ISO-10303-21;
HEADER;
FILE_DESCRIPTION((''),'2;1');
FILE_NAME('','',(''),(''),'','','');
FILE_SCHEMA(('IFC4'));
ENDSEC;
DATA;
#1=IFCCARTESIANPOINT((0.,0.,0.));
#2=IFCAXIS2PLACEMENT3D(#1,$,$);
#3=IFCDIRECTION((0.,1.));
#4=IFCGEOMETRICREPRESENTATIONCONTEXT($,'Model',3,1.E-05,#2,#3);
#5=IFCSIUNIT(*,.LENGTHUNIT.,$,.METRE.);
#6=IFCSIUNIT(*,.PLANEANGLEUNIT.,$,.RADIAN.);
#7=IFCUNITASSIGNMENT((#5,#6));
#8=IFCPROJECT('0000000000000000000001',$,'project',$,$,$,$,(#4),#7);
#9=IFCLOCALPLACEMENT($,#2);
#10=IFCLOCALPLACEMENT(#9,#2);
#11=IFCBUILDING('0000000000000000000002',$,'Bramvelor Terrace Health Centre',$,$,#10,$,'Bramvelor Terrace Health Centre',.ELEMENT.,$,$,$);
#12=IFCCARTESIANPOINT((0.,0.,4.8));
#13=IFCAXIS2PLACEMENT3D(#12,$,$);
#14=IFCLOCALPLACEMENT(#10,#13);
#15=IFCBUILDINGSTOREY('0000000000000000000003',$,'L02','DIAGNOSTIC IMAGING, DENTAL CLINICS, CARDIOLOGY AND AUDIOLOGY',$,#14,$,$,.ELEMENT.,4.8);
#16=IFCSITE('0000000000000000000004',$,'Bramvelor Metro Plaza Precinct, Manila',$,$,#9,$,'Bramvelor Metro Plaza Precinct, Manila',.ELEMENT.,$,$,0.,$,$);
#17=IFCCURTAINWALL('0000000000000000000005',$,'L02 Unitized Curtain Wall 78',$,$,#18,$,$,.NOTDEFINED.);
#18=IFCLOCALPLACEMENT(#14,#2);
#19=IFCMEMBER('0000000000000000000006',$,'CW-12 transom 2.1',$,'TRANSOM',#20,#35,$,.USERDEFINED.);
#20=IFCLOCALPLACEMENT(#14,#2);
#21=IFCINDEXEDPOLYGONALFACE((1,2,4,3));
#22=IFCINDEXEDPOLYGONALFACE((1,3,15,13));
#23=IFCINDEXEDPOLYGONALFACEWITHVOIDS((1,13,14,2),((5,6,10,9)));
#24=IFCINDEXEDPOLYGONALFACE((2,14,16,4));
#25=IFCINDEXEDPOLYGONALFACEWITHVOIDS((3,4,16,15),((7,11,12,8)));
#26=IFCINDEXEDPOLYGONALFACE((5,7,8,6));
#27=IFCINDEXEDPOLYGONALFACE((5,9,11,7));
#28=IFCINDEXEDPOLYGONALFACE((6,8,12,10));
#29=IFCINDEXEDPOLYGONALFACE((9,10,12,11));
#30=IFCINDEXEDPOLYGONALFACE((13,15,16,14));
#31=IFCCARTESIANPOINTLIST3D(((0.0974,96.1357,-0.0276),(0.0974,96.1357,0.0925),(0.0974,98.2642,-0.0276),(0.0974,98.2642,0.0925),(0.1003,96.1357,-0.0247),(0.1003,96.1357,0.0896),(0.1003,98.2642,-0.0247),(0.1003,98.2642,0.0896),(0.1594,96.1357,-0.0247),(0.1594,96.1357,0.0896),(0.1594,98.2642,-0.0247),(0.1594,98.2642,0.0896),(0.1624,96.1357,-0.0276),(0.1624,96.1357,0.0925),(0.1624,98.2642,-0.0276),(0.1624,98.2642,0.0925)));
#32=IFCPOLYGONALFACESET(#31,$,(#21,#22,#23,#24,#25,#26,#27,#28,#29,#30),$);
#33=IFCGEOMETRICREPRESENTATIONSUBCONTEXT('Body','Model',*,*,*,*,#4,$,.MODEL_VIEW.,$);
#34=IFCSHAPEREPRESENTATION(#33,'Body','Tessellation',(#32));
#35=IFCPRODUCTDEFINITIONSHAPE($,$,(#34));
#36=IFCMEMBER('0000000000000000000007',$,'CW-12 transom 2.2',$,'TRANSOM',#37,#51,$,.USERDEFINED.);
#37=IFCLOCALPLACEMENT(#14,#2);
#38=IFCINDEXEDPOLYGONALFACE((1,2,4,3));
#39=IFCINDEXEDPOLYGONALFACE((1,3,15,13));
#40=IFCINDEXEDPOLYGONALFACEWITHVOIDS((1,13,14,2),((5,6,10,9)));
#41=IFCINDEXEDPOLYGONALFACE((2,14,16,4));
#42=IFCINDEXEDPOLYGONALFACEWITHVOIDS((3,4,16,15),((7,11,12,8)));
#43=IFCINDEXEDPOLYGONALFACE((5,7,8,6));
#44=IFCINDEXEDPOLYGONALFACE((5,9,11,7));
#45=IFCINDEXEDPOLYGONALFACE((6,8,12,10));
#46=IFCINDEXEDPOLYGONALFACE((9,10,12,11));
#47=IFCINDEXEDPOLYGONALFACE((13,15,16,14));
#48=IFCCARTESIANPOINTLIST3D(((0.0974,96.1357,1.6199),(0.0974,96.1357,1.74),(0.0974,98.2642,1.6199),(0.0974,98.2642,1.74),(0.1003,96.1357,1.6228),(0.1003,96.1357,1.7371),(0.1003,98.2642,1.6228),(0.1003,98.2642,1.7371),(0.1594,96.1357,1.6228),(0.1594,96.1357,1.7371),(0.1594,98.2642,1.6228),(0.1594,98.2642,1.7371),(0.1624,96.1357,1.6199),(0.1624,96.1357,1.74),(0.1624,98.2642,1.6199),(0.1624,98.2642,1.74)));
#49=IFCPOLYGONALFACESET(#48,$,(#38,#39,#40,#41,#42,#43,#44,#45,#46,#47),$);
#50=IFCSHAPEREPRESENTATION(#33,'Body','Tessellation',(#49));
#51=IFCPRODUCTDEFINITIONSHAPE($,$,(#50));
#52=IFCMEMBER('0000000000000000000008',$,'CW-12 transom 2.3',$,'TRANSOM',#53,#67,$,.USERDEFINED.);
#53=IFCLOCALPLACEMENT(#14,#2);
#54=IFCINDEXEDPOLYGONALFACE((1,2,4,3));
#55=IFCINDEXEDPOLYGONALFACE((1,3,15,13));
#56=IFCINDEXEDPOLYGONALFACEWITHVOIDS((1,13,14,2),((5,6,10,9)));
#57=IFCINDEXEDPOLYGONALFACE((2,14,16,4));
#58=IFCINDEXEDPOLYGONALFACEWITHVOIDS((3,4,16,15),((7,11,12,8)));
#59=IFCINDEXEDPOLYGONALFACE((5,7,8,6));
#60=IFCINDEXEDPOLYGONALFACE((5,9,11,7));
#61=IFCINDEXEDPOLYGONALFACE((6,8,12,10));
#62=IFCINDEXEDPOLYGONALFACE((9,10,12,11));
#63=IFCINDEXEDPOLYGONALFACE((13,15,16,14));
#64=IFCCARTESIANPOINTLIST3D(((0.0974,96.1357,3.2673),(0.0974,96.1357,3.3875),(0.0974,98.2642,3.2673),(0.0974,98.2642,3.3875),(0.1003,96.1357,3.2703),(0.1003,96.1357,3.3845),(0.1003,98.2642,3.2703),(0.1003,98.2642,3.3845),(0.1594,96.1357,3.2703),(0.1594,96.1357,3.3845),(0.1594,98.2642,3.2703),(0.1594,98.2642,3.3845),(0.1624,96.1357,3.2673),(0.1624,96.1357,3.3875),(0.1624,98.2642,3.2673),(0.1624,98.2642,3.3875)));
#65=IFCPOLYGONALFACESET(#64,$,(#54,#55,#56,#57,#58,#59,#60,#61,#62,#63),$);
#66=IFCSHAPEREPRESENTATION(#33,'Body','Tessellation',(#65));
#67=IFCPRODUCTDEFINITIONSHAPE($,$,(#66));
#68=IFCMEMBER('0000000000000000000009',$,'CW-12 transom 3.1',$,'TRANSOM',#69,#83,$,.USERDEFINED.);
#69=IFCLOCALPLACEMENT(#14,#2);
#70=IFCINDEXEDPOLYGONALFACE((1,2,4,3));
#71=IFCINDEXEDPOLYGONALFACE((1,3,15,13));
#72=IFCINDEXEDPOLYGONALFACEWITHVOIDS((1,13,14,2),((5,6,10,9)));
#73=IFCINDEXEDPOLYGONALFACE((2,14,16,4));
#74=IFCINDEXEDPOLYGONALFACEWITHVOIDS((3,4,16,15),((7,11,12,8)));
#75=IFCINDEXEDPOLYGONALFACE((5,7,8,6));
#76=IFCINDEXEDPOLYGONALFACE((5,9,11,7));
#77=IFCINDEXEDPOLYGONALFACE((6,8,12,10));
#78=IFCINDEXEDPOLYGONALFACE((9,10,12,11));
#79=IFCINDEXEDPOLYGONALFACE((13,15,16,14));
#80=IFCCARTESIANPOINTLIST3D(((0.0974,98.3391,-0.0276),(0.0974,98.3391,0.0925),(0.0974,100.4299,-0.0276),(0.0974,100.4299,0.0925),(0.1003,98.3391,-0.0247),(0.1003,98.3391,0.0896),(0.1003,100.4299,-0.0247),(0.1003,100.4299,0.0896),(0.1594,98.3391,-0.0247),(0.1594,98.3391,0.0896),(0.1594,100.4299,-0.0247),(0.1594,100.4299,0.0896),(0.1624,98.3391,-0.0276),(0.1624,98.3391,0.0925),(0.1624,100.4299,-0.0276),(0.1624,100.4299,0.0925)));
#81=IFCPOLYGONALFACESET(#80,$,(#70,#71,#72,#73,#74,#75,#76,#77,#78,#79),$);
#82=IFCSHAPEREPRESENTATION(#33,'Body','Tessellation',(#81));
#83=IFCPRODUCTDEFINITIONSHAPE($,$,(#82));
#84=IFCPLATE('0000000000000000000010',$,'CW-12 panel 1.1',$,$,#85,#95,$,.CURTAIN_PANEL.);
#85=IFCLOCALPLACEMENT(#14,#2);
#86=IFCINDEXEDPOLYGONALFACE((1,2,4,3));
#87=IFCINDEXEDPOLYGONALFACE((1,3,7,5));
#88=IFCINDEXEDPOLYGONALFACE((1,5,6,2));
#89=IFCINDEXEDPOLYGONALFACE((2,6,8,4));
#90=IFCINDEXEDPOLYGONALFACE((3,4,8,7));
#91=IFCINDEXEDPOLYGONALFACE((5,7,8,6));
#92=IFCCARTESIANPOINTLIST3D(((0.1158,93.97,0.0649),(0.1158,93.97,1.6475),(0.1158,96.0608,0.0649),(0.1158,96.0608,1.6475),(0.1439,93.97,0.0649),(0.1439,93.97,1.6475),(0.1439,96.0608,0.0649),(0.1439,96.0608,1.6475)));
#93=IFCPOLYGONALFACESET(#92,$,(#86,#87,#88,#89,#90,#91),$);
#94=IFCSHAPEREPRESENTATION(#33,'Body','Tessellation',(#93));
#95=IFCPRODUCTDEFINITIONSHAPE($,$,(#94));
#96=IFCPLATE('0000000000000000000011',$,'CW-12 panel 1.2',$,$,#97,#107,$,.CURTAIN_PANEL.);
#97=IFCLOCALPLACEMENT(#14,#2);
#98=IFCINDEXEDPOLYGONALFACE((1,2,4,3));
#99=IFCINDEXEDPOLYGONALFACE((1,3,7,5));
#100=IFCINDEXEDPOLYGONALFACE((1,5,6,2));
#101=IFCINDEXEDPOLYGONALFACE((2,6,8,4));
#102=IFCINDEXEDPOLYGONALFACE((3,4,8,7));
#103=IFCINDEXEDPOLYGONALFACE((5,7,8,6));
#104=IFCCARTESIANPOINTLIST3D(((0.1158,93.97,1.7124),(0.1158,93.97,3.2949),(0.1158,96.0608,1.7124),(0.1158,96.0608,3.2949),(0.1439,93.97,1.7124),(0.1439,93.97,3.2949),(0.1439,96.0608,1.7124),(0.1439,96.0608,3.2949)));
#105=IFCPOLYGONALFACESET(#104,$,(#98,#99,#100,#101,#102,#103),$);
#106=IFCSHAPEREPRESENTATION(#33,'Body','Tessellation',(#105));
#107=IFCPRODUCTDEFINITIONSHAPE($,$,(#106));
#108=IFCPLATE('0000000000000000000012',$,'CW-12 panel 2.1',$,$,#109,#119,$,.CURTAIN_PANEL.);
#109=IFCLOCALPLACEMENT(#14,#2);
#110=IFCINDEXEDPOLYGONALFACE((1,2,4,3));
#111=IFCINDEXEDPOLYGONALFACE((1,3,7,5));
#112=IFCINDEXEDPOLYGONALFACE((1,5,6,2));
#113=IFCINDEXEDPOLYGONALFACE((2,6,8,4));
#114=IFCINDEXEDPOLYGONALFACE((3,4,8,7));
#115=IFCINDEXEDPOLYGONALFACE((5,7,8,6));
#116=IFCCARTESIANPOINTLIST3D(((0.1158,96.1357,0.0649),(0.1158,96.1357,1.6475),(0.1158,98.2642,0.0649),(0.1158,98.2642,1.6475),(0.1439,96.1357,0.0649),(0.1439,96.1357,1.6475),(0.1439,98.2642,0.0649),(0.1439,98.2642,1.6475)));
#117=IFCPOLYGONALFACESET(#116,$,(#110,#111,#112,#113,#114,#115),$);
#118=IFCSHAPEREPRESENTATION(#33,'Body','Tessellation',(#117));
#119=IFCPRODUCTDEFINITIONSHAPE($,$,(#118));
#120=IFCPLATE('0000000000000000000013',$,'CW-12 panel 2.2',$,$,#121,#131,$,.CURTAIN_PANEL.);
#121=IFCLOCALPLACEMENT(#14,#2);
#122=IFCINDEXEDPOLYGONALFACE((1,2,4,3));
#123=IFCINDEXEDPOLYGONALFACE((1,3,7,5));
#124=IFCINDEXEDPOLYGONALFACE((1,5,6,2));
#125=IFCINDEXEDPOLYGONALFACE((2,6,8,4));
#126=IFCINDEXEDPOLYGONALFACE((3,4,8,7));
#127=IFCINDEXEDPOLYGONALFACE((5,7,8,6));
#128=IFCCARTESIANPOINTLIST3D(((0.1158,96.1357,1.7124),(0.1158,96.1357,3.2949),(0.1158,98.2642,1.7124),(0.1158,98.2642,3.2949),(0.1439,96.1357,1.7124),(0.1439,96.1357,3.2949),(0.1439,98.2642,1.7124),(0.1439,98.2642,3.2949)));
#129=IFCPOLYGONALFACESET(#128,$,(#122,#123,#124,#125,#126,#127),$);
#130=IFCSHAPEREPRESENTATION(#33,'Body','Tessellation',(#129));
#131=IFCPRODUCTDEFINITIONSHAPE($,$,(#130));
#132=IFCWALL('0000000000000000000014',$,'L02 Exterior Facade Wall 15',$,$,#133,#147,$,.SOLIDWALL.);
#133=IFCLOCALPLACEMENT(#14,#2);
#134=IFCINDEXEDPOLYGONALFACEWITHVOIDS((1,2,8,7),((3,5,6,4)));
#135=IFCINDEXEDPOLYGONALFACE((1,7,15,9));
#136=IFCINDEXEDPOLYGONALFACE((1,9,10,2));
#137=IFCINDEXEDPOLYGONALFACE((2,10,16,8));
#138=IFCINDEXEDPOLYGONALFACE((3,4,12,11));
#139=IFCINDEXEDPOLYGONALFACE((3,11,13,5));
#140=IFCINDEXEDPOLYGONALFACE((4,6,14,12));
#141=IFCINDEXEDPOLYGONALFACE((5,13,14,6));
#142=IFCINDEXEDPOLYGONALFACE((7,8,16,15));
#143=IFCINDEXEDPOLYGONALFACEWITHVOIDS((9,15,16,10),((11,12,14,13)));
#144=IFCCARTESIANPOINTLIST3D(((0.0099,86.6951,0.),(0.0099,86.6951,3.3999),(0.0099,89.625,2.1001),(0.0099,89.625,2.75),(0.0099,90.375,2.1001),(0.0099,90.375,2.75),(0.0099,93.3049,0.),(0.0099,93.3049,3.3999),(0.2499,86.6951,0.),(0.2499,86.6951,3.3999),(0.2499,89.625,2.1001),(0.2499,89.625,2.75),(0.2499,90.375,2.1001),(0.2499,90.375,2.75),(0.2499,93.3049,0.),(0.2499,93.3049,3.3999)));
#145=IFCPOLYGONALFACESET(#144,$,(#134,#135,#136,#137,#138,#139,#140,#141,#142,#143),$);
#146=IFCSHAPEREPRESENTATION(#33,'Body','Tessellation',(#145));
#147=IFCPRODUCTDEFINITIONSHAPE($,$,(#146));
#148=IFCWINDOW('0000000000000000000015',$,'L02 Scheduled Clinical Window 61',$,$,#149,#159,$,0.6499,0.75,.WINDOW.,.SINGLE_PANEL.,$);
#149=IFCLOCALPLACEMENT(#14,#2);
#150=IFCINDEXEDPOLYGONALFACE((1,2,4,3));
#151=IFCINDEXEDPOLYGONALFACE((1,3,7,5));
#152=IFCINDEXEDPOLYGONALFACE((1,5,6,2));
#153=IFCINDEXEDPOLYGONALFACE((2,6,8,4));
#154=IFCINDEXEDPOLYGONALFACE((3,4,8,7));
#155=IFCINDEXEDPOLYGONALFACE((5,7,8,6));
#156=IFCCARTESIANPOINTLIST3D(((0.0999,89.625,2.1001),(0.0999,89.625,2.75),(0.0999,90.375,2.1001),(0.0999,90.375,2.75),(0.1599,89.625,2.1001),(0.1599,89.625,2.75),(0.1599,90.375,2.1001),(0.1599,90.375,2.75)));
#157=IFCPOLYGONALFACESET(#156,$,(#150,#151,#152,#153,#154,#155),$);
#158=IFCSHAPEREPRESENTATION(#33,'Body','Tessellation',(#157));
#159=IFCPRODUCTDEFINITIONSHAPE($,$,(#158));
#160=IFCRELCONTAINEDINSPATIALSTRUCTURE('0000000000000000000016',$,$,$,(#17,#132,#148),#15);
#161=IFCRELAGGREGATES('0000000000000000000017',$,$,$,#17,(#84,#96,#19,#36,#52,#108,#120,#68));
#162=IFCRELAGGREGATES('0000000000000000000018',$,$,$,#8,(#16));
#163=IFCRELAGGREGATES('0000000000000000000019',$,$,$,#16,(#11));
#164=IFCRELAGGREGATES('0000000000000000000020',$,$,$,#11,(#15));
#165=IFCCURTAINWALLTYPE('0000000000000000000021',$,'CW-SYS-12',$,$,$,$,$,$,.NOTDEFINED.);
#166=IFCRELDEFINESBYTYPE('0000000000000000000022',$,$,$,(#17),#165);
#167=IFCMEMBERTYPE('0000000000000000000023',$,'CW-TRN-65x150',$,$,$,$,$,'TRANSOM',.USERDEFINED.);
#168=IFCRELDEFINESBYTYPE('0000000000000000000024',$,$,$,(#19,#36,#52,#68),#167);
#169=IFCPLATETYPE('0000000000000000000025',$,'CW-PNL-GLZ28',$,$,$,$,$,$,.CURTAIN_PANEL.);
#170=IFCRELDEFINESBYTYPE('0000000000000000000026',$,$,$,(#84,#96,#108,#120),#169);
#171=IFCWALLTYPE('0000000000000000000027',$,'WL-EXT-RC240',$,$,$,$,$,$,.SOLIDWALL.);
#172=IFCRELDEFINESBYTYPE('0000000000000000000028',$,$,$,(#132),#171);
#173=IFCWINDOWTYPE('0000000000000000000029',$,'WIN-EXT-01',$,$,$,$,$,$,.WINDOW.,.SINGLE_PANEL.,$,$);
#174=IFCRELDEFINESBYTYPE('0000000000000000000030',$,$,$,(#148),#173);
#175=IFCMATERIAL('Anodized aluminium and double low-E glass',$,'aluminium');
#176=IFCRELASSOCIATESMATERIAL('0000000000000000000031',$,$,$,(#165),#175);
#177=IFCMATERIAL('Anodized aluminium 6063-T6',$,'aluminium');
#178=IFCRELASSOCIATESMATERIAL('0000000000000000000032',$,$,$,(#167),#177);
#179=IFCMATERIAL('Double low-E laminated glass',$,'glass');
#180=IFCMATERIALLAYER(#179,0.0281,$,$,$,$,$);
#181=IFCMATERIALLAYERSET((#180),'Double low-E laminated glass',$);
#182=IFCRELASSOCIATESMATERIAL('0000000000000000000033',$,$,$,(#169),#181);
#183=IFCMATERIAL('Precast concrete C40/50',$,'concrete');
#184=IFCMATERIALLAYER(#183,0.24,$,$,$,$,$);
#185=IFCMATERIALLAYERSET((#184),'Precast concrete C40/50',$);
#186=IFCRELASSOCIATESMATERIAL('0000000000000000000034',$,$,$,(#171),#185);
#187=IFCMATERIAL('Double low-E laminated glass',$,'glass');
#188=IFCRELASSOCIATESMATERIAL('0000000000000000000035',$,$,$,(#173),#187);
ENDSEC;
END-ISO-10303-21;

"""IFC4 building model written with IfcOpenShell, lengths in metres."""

from ifc_helpers import new_model, si_unit, direction, frame, frame_2d, origin, origin_2d, place, context, subcontext, project, spatial, rectangle, hollow_rectangle, extrude, material, layer, layer_set, material_profile, profile_set, type_object, element, fill, aggregate, save


model = new_model("IFC4")

# Units and contexts
model_context = context("Model", 3, precision=1e-05, world=origin(), true_north=direction((0.0, 1.0)))
body_context = subcontext(model_context, "Body", "Model", "MODEL_VIEW")
ifc_project = project(units=[si_unit("LENGTHUNIT", "METRE"), si_unit("PLANEANGLEUNIT", "RADIAN")], contexts=[model_context])

# Site, building, storey
site_placement = place(None, origin())
site = spatial("IfcSite", under=ifc_project, at=site_placement, Name="Bramvelor Metro Plaza Precinct, Manila", LongName="Bramvelor Metro Plaza Precinct, Manila", CompositionType="ELEMENT", RefElevation=0.0)
building_placement = place(site_placement, origin())
building = spatial("IfcBuilding", under=site, at=building_placement, Name="Bramvelor Terrace Health Centre", LongName="Bramvelor Terrace Health Centre", CompositionType="ELEMENT")
storey_placement = place(building_placement, frame((0.0, 0.0, 4.8)))
storey = spatial("IfcBuildingStorey", under=building, at=storey_placement, Name="L02", Description="DIAGNOSTIC IMAGING, DENTAL CLINICS, CARDIOLOGY AND AUDIOLOGY", CompositionType="ELEMENT", Elevation=4.8)

# Curtain wall, members, plates
ifc_material_1 = material(Name="Anodized aluminium and double low-E glass", Category="aluminium")
curtain_wall_type = type_object("IfcCurtainWallType", Name="CW-SYS-12", PredefinedType="NOTDEFINED", material=ifc_material_1)
curtain_wall_placement = place(storey_placement, origin())
curtain_wall = element("IfcCurtainWall", 1, at=curtain_wall_placement, inside=storey, type_object=curtain_wall_type, Name="L02 Unitized Curtain Wall 78", PredefinedType="NOTDEFINED")
ifc_material_2 = material(Name="Anodized aluminium 6063-T6", Category="aluminium")
ifc_material_profile_1 = material_profile(ifc_material_2, hollow_rectangle(XDim=0.0649, YDim=0.1201, WallThickness=0.0029, at=origin_2d()), Name="ALU-TRN 65x120x3.0")
ifc_profile_set_1 = profile_set([ifc_material_profile_1], Name="Anodized aluminium 6063-T6")
member_type_1 = type_object("IfcMemberType", Name="CW-TRN-65x150", ElementType="TRANSOM", PredefinedType="USERDEFINED", material=ifc_profile_set_1)
member_1_placement = place(storey_placement, frame((0.1299, 96.1357, 0.0325), z_axis=(0.0, 1.0, 0.0), x_axis=(-1.0, 0.0, 0.0)))
member_1 = element("IfcMember", 2, at=member_1_placement, type_object=member_type_1, Name="CW-12 transom 2.1", ObjectType="TRANSOM", PredefinedType="USERDEFINED", context=body_context, shape_type="SweptSolid", body=[
    extrude(hollow_rectangle(XDim=0.0649, YDim=0.1201, WallThickness=0.0029, at=origin_2d()), origin(), (0.0, 0.0, 1.0), 2.1284),
])
member_2_placement = place(storey_placement, frame((0.1299, 96.1357, 1.6799), z_axis=(0.0, 1.0, 0.0), x_axis=(-1.0, 0.0, 0.0)))
member_2 = element("IfcMember", 3, at=member_2_placement, type_object=member_type_1, Name="CW-12 transom 2.2", ObjectType="TRANSOM", PredefinedType="USERDEFINED", context=body_context, shape_type="SweptSolid", body=[
    extrude(hollow_rectangle(XDim=0.0649, YDim=0.1201, WallThickness=0.0029, at=origin_2d()), origin(), (0.0, 0.0, 1.0), 2.1284),
])
member_3_placement = place(storey_placement, frame((0.1299, 96.1357, 3.3274), z_axis=(0.0, 1.0, 0.0), x_axis=(-1.0, 0.0, 0.0)))
member_3 = element("IfcMember", 4, at=member_3_placement, type_object=member_type_1, Name="CW-12 transom 2.3", ObjectType="TRANSOM", PredefinedType="USERDEFINED", context=body_context, shape_type="SweptSolid", body=[
    extrude(hollow_rectangle(XDim=0.0649, YDim=0.1201, WallThickness=0.0029, at=origin_2d()), origin(), (0.0, 0.0, 1.0), 2.1284),
])
member_4_placement = place(storey_placement, frame((0.1299, 98.3391, 0.0325), z_axis=(0.0, 1.0, 0.0), x_axis=(-1.0, 0.0, 0.0)))
member_4 = element("IfcMember", 5, at=member_4_placement, type_object=member_type_1, Name="CW-12 transom 3.1", ObjectType="TRANSOM", PredefinedType="USERDEFINED", context=body_context, shape_type="SweptSolid", body=[
    extrude(hollow_rectangle(XDim=0.0649, YDim=0.1201, WallThickness=0.0029, at=origin_2d()), origin(), (0.0, 0.0, 1.0), 2.0908),
])
ifc_material_3 = material(Name="Double low-E laminated glass", Category="glass")
ifc_layer_1 = layer(ifc_material_3, 0.0281)
ifc_layer_set_1 = layer_set([ifc_layer_1], Name="Double low-E laminated glass")
plate_type = type_object("IfcPlateType", Name="CW-PNL-GLZ28", PredefinedType="CURTAIN_PANEL", material=ifc_layer_set_1)
plate_1_placement = place(storey_placement, frame((0.1299, 95.0154, 0.0649), z_axis=(0.0, 0.0, 1.0), x_axis=(0.0, 1.0, 0.0)))
plate_1 = element("IfcPlate", 6, at=plate_1_placement, type_object=plate_type, Name="CW-12 panel 1.1", PredefinedType="CURTAIN_PANEL", context=body_context, shape_type="SweptSolid", body=[
    extrude(rectangle(XDim=2.0908, YDim=0.0281, at=origin_2d()), origin(), (0.0, 0.0, 1.0), 1.5825),
])
plate_2_placement = place(storey_placement, frame((0.1299, 95.0154, 1.7124), z_axis=(0.0, 0.0, 1.0), x_axis=(0.0, 1.0, 0.0)))
plate_2 = element("IfcPlate", 7, at=plate_2_placement, type_object=plate_type, Name="CW-12 panel 1.2", PredefinedType="CURTAIN_PANEL", context=body_context, shape_type="SweptSolid", body=[
    extrude(rectangle(XDim=2.0908, YDim=0.0281, at=origin_2d()), origin(), (0.0, 0.0, 1.0), 1.5825),
])
plate_3_placement = place(storey_placement, frame((0.1299, 97.2, 0.0649), z_axis=(0.0, 0.0, 1.0), x_axis=(0.0, 1.0, 0.0)))
plate_3 = element("IfcPlate", 8, at=plate_3_placement, type_object=plate_type, Name="CW-12 panel 2.1", PredefinedType="CURTAIN_PANEL", context=body_context, shape_type="SweptSolid", body=[
    extrude(rectangle(XDim=2.1284, YDim=0.0281, at=origin_2d()), origin(), (0.0, 0.0, 1.0), 1.5825),
])
plate_4_placement = place(storey_placement, frame((0.1299, 97.2, 1.7124), z_axis=(0.0, 0.0, 1.0), x_axis=(0.0, 1.0, 0.0)))
plate_4 = element("IfcPlate", 9, at=plate_4_placement, type_object=plate_type, Name="CW-12 panel 2.2", PredefinedType="CURTAIN_PANEL", context=body_context, shape_type="SweptSolid", body=[
    extrude(rectangle(XDim=2.1284, YDim=0.0281, at=origin_2d()), origin(), (0.0, 0.0, 1.0), 1.5825),
])
aggregate(curtain_wall, [plate_1, plate_2, member_1, member_2, member_3, plate_3, plate_4, member_4])

# Wall, opening, window
ifc_material_4 = material(Name="Precast concrete C40/50", Category="concrete")
ifc_layer_2 = layer(ifc_material_4, 0.24)
ifc_layer_set_2 = layer_set([ifc_layer_2], Name="Precast concrete C40/50")
wall_type = type_object("IfcWallType", Name="WL-EXT-RC240", PredefinedType="SOLIDWALL", material=ifc_layer_set_2)
wall_placement = place(storey_placement, frame((0.1299, 86.6951, 0.0), z_axis=(0.0, 0.0, 1.0), x_axis=(0.0, 1.0, 0.0)))
wall = element("IfcWall", 10, at=wall_placement, inside=storey, type_object=wall_type, Name="L02 Exterior Facade Wall 15", PredefinedType="SOLIDWALL", context=body_context, shape_type="SweptSolid", body=[
    extrude(rectangle(XDim=6.6099, YDim=0.24, at=frame_2d((3.3049, 0.0))), origin(), (0.0, 0.0, 1.0), 3.3999),
])
opening_placement = place(wall_placement, frame((2.9299, 0.0, 2.1001)))
opening = element("IfcOpeningElement", 11, at=opening_placement, cuts=wall, PredefinedType="OPENING", context=body_context, shape_type="SweptSolid", body=[
    extrude(rectangle(XDim=0.75, YDim=0.6499, at=frame_2d((0.375, 0.325))), frame((0.0, 0.1299, 0.0), z_axis=(0.0, -1.0, 0.0), x_axis=(1.0, 0.0, 0.0)), (0.0, 0.0, 1.0), 0.26),
])
ifc_material_5 = material(Name="Double low-E laminated glass", Category="glass")
window_type = type_object("IfcWindowType", Name="WIN-EXT-01", PartitioningType="SINGLE_PANEL", PredefinedType="WINDOW", material=ifc_material_5)
window_placement = place(opening_placement, origin())
window = element("IfcWindow", 12, at=window_placement, inside=storey, type_object=window_type, Name="L02 Scheduled Clinical Window 61", OverallHeight=0.6499, OverallWidth=0.75, PartitioningType="SINGLE_PANEL", PredefinedType="WINDOW", context=body_context, shape_type="SweptSolid", body=[
    extrude(rectangle(XDim=0.75, YDim=0.6499, at=frame_2d((0.375, 0.325))), frame((0.0, 0.03, 0.0), z_axis=(0.0, -1.0, 0.0), x_axis=(1.0, 0.0, 0.0)), (0.0, 0.0, 1.0), 0.0601),
])
fill(opening, window)

save(model, "model.ifc")
